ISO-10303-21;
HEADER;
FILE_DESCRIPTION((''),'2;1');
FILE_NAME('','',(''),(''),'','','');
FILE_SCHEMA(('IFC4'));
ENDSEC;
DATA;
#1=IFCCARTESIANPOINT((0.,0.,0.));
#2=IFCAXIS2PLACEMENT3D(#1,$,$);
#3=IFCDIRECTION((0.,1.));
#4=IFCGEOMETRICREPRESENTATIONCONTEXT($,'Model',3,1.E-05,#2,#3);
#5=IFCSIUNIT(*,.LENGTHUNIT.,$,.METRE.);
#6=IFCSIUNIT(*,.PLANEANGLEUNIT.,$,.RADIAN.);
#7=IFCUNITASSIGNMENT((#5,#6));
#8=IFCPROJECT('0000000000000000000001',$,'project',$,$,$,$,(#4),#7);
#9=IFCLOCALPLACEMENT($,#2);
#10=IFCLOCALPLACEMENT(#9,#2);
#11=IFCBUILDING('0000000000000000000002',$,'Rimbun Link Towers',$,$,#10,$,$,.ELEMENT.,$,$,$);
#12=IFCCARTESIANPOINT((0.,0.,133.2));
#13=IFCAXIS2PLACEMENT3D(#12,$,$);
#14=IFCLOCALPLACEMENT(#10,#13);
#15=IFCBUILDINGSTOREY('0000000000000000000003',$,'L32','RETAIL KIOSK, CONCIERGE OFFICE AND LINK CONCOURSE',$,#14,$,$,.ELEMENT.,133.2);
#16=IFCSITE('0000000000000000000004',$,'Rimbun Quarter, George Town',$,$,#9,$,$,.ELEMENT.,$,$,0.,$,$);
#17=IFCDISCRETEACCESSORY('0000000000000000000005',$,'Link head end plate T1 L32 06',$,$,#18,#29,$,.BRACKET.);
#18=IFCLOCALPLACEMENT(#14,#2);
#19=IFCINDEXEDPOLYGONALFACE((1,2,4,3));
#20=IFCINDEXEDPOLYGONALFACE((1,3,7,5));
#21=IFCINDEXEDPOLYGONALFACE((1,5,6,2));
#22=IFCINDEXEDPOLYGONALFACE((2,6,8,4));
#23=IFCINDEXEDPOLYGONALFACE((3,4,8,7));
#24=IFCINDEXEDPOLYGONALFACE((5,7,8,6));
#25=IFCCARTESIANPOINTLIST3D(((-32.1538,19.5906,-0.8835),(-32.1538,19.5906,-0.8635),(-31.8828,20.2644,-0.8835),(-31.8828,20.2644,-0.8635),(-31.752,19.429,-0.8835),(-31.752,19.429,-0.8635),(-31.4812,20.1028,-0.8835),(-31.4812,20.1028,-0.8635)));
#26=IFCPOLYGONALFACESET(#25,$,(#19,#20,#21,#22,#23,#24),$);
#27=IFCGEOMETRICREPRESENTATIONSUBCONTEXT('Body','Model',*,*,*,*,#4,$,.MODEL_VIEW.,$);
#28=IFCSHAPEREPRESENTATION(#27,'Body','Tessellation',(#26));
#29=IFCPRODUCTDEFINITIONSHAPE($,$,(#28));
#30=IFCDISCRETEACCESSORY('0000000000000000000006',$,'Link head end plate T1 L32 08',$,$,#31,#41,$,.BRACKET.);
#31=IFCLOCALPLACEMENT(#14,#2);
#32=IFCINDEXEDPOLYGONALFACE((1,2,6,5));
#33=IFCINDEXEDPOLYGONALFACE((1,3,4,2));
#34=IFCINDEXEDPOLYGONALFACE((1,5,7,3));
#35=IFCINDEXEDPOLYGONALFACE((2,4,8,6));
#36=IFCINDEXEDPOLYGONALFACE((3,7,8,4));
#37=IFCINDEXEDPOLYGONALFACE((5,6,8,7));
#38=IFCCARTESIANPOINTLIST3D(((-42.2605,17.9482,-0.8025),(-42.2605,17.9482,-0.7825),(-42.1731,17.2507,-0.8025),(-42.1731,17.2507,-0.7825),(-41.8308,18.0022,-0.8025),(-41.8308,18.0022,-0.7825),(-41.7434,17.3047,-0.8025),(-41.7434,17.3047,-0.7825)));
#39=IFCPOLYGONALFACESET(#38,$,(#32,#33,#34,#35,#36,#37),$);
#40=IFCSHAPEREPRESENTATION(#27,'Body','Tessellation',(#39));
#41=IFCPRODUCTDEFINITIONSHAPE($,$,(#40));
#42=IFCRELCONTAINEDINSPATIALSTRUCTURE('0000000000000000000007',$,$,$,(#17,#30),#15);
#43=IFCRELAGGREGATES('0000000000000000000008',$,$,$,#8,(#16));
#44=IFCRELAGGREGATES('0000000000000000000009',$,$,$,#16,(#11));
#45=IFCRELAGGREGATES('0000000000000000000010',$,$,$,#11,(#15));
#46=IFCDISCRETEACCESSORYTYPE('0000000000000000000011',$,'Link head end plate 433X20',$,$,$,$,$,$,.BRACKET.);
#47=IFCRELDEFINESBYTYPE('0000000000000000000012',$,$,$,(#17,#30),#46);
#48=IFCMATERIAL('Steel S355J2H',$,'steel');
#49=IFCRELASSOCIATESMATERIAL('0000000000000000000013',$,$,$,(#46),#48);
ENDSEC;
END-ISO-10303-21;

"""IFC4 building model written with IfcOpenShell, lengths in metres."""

from ifc_helpers import new_model, si_unit, direction, frame, origin, origin_2d, place, context, subcontext, project, spatial, polyline, rectangle, outline, extrude, material, material_profile, profile_set, type_object, element, save


model = new_model("IFC4")

# Units and contexts
model_context = context("Model", 3, precision=1e-05, world=origin(), true_north=direction((0.0, 1.0)))
body_context = subcontext(model_context, "Body", "Model", "MODEL_VIEW")
ifc_project = project(units=[si_unit("LENGTHUNIT", "METRE"), si_unit("PLANEANGLEUNIT", "RADIAN")], contexts=[model_context])

# Site, building, storey
site_placement = place(None, origin())
site = spatial("IfcSite", under=ifc_project, at=site_placement, Name="Rimbun Quarter, George Town", CompositionType="ELEMENT", RefElevation=0.0)
building_placement = place(site_placement, origin())
building = spatial("IfcBuilding", under=site, at=building_placement, Name="Rimbun Link Towers", CompositionType="ELEMENT")
storey_placement = place(building_placement, frame((0.0, 0.0, 133.2)))
storey = spatial("IfcBuildingStorey", under=building, at=storey_placement, Name="L32", Description="RETAIL KIOSK, CONCIERGE OFFICE AND LINK CONCOURSE", CompositionType="ELEMENT", Elevation=133.2)

# Discrete accessories
ifc_material_1 = material(Name="Steel S355J2H", Category="steel")
ifc_material_profile_1 = material_profile(ifc_material_1, rectangle(XDim=0.4331, YDim=0.4331, at=origin_2d()), Name="PL 433x433")
ifc_profile_set_1 = profile_set([ifc_material_profile_1], Name="Steel S355J2H")
discrete_accessory_type_1 = type_object("IfcDiscreteAccessoryType", Name="Link head end plate 433X20", PredefinedType="BRACKET", material=ifc_profile_set_1)
discrete_accessory_1_placement = place(storey_placement, frame((0.0, 0.0, -0.8835)))
element("IfcDiscreteAccessory", 1, at=discrete_accessory_1_placement, inside=storey, type_object=discrete_accessory_type_1, Name="Link head end plate T1 L32 06", PredefinedType="BRACKET", context=body_context, shape_type="SweptSolid", body=[
    extrude(outline(polyline([(-31.752, 19.429), (-31.4812, 20.1028), (-31.8828, 20.2644), (-32.1538, 19.5906), (-31.752, 19.429)])), origin(), (0.0, 0.0, 1.0), 0.02),
])
discrete_accessory_2_placement = place(storey_placement, frame((0.0, 0.0, -0.8025)))
element("IfcDiscreteAccessory", 2, at=discrete_accessory_2_placement, inside=storey, type_object=discrete_accessory_type_1, Name="Link head end plate T1 L32 08", PredefinedType="BRACKET", context=body_context, shape_type="SweptSolid", body=[
    extrude(outline(polyline([(-41.7434, 17.3047), (-41.8308, 18.0022), (-42.2605, 17.9482), (-42.1731, 17.2507), (-41.7434, 17.3047)])), origin(), (0.0, 0.0, 1.0), 0.02),
])

save(model, "model.ifc")
